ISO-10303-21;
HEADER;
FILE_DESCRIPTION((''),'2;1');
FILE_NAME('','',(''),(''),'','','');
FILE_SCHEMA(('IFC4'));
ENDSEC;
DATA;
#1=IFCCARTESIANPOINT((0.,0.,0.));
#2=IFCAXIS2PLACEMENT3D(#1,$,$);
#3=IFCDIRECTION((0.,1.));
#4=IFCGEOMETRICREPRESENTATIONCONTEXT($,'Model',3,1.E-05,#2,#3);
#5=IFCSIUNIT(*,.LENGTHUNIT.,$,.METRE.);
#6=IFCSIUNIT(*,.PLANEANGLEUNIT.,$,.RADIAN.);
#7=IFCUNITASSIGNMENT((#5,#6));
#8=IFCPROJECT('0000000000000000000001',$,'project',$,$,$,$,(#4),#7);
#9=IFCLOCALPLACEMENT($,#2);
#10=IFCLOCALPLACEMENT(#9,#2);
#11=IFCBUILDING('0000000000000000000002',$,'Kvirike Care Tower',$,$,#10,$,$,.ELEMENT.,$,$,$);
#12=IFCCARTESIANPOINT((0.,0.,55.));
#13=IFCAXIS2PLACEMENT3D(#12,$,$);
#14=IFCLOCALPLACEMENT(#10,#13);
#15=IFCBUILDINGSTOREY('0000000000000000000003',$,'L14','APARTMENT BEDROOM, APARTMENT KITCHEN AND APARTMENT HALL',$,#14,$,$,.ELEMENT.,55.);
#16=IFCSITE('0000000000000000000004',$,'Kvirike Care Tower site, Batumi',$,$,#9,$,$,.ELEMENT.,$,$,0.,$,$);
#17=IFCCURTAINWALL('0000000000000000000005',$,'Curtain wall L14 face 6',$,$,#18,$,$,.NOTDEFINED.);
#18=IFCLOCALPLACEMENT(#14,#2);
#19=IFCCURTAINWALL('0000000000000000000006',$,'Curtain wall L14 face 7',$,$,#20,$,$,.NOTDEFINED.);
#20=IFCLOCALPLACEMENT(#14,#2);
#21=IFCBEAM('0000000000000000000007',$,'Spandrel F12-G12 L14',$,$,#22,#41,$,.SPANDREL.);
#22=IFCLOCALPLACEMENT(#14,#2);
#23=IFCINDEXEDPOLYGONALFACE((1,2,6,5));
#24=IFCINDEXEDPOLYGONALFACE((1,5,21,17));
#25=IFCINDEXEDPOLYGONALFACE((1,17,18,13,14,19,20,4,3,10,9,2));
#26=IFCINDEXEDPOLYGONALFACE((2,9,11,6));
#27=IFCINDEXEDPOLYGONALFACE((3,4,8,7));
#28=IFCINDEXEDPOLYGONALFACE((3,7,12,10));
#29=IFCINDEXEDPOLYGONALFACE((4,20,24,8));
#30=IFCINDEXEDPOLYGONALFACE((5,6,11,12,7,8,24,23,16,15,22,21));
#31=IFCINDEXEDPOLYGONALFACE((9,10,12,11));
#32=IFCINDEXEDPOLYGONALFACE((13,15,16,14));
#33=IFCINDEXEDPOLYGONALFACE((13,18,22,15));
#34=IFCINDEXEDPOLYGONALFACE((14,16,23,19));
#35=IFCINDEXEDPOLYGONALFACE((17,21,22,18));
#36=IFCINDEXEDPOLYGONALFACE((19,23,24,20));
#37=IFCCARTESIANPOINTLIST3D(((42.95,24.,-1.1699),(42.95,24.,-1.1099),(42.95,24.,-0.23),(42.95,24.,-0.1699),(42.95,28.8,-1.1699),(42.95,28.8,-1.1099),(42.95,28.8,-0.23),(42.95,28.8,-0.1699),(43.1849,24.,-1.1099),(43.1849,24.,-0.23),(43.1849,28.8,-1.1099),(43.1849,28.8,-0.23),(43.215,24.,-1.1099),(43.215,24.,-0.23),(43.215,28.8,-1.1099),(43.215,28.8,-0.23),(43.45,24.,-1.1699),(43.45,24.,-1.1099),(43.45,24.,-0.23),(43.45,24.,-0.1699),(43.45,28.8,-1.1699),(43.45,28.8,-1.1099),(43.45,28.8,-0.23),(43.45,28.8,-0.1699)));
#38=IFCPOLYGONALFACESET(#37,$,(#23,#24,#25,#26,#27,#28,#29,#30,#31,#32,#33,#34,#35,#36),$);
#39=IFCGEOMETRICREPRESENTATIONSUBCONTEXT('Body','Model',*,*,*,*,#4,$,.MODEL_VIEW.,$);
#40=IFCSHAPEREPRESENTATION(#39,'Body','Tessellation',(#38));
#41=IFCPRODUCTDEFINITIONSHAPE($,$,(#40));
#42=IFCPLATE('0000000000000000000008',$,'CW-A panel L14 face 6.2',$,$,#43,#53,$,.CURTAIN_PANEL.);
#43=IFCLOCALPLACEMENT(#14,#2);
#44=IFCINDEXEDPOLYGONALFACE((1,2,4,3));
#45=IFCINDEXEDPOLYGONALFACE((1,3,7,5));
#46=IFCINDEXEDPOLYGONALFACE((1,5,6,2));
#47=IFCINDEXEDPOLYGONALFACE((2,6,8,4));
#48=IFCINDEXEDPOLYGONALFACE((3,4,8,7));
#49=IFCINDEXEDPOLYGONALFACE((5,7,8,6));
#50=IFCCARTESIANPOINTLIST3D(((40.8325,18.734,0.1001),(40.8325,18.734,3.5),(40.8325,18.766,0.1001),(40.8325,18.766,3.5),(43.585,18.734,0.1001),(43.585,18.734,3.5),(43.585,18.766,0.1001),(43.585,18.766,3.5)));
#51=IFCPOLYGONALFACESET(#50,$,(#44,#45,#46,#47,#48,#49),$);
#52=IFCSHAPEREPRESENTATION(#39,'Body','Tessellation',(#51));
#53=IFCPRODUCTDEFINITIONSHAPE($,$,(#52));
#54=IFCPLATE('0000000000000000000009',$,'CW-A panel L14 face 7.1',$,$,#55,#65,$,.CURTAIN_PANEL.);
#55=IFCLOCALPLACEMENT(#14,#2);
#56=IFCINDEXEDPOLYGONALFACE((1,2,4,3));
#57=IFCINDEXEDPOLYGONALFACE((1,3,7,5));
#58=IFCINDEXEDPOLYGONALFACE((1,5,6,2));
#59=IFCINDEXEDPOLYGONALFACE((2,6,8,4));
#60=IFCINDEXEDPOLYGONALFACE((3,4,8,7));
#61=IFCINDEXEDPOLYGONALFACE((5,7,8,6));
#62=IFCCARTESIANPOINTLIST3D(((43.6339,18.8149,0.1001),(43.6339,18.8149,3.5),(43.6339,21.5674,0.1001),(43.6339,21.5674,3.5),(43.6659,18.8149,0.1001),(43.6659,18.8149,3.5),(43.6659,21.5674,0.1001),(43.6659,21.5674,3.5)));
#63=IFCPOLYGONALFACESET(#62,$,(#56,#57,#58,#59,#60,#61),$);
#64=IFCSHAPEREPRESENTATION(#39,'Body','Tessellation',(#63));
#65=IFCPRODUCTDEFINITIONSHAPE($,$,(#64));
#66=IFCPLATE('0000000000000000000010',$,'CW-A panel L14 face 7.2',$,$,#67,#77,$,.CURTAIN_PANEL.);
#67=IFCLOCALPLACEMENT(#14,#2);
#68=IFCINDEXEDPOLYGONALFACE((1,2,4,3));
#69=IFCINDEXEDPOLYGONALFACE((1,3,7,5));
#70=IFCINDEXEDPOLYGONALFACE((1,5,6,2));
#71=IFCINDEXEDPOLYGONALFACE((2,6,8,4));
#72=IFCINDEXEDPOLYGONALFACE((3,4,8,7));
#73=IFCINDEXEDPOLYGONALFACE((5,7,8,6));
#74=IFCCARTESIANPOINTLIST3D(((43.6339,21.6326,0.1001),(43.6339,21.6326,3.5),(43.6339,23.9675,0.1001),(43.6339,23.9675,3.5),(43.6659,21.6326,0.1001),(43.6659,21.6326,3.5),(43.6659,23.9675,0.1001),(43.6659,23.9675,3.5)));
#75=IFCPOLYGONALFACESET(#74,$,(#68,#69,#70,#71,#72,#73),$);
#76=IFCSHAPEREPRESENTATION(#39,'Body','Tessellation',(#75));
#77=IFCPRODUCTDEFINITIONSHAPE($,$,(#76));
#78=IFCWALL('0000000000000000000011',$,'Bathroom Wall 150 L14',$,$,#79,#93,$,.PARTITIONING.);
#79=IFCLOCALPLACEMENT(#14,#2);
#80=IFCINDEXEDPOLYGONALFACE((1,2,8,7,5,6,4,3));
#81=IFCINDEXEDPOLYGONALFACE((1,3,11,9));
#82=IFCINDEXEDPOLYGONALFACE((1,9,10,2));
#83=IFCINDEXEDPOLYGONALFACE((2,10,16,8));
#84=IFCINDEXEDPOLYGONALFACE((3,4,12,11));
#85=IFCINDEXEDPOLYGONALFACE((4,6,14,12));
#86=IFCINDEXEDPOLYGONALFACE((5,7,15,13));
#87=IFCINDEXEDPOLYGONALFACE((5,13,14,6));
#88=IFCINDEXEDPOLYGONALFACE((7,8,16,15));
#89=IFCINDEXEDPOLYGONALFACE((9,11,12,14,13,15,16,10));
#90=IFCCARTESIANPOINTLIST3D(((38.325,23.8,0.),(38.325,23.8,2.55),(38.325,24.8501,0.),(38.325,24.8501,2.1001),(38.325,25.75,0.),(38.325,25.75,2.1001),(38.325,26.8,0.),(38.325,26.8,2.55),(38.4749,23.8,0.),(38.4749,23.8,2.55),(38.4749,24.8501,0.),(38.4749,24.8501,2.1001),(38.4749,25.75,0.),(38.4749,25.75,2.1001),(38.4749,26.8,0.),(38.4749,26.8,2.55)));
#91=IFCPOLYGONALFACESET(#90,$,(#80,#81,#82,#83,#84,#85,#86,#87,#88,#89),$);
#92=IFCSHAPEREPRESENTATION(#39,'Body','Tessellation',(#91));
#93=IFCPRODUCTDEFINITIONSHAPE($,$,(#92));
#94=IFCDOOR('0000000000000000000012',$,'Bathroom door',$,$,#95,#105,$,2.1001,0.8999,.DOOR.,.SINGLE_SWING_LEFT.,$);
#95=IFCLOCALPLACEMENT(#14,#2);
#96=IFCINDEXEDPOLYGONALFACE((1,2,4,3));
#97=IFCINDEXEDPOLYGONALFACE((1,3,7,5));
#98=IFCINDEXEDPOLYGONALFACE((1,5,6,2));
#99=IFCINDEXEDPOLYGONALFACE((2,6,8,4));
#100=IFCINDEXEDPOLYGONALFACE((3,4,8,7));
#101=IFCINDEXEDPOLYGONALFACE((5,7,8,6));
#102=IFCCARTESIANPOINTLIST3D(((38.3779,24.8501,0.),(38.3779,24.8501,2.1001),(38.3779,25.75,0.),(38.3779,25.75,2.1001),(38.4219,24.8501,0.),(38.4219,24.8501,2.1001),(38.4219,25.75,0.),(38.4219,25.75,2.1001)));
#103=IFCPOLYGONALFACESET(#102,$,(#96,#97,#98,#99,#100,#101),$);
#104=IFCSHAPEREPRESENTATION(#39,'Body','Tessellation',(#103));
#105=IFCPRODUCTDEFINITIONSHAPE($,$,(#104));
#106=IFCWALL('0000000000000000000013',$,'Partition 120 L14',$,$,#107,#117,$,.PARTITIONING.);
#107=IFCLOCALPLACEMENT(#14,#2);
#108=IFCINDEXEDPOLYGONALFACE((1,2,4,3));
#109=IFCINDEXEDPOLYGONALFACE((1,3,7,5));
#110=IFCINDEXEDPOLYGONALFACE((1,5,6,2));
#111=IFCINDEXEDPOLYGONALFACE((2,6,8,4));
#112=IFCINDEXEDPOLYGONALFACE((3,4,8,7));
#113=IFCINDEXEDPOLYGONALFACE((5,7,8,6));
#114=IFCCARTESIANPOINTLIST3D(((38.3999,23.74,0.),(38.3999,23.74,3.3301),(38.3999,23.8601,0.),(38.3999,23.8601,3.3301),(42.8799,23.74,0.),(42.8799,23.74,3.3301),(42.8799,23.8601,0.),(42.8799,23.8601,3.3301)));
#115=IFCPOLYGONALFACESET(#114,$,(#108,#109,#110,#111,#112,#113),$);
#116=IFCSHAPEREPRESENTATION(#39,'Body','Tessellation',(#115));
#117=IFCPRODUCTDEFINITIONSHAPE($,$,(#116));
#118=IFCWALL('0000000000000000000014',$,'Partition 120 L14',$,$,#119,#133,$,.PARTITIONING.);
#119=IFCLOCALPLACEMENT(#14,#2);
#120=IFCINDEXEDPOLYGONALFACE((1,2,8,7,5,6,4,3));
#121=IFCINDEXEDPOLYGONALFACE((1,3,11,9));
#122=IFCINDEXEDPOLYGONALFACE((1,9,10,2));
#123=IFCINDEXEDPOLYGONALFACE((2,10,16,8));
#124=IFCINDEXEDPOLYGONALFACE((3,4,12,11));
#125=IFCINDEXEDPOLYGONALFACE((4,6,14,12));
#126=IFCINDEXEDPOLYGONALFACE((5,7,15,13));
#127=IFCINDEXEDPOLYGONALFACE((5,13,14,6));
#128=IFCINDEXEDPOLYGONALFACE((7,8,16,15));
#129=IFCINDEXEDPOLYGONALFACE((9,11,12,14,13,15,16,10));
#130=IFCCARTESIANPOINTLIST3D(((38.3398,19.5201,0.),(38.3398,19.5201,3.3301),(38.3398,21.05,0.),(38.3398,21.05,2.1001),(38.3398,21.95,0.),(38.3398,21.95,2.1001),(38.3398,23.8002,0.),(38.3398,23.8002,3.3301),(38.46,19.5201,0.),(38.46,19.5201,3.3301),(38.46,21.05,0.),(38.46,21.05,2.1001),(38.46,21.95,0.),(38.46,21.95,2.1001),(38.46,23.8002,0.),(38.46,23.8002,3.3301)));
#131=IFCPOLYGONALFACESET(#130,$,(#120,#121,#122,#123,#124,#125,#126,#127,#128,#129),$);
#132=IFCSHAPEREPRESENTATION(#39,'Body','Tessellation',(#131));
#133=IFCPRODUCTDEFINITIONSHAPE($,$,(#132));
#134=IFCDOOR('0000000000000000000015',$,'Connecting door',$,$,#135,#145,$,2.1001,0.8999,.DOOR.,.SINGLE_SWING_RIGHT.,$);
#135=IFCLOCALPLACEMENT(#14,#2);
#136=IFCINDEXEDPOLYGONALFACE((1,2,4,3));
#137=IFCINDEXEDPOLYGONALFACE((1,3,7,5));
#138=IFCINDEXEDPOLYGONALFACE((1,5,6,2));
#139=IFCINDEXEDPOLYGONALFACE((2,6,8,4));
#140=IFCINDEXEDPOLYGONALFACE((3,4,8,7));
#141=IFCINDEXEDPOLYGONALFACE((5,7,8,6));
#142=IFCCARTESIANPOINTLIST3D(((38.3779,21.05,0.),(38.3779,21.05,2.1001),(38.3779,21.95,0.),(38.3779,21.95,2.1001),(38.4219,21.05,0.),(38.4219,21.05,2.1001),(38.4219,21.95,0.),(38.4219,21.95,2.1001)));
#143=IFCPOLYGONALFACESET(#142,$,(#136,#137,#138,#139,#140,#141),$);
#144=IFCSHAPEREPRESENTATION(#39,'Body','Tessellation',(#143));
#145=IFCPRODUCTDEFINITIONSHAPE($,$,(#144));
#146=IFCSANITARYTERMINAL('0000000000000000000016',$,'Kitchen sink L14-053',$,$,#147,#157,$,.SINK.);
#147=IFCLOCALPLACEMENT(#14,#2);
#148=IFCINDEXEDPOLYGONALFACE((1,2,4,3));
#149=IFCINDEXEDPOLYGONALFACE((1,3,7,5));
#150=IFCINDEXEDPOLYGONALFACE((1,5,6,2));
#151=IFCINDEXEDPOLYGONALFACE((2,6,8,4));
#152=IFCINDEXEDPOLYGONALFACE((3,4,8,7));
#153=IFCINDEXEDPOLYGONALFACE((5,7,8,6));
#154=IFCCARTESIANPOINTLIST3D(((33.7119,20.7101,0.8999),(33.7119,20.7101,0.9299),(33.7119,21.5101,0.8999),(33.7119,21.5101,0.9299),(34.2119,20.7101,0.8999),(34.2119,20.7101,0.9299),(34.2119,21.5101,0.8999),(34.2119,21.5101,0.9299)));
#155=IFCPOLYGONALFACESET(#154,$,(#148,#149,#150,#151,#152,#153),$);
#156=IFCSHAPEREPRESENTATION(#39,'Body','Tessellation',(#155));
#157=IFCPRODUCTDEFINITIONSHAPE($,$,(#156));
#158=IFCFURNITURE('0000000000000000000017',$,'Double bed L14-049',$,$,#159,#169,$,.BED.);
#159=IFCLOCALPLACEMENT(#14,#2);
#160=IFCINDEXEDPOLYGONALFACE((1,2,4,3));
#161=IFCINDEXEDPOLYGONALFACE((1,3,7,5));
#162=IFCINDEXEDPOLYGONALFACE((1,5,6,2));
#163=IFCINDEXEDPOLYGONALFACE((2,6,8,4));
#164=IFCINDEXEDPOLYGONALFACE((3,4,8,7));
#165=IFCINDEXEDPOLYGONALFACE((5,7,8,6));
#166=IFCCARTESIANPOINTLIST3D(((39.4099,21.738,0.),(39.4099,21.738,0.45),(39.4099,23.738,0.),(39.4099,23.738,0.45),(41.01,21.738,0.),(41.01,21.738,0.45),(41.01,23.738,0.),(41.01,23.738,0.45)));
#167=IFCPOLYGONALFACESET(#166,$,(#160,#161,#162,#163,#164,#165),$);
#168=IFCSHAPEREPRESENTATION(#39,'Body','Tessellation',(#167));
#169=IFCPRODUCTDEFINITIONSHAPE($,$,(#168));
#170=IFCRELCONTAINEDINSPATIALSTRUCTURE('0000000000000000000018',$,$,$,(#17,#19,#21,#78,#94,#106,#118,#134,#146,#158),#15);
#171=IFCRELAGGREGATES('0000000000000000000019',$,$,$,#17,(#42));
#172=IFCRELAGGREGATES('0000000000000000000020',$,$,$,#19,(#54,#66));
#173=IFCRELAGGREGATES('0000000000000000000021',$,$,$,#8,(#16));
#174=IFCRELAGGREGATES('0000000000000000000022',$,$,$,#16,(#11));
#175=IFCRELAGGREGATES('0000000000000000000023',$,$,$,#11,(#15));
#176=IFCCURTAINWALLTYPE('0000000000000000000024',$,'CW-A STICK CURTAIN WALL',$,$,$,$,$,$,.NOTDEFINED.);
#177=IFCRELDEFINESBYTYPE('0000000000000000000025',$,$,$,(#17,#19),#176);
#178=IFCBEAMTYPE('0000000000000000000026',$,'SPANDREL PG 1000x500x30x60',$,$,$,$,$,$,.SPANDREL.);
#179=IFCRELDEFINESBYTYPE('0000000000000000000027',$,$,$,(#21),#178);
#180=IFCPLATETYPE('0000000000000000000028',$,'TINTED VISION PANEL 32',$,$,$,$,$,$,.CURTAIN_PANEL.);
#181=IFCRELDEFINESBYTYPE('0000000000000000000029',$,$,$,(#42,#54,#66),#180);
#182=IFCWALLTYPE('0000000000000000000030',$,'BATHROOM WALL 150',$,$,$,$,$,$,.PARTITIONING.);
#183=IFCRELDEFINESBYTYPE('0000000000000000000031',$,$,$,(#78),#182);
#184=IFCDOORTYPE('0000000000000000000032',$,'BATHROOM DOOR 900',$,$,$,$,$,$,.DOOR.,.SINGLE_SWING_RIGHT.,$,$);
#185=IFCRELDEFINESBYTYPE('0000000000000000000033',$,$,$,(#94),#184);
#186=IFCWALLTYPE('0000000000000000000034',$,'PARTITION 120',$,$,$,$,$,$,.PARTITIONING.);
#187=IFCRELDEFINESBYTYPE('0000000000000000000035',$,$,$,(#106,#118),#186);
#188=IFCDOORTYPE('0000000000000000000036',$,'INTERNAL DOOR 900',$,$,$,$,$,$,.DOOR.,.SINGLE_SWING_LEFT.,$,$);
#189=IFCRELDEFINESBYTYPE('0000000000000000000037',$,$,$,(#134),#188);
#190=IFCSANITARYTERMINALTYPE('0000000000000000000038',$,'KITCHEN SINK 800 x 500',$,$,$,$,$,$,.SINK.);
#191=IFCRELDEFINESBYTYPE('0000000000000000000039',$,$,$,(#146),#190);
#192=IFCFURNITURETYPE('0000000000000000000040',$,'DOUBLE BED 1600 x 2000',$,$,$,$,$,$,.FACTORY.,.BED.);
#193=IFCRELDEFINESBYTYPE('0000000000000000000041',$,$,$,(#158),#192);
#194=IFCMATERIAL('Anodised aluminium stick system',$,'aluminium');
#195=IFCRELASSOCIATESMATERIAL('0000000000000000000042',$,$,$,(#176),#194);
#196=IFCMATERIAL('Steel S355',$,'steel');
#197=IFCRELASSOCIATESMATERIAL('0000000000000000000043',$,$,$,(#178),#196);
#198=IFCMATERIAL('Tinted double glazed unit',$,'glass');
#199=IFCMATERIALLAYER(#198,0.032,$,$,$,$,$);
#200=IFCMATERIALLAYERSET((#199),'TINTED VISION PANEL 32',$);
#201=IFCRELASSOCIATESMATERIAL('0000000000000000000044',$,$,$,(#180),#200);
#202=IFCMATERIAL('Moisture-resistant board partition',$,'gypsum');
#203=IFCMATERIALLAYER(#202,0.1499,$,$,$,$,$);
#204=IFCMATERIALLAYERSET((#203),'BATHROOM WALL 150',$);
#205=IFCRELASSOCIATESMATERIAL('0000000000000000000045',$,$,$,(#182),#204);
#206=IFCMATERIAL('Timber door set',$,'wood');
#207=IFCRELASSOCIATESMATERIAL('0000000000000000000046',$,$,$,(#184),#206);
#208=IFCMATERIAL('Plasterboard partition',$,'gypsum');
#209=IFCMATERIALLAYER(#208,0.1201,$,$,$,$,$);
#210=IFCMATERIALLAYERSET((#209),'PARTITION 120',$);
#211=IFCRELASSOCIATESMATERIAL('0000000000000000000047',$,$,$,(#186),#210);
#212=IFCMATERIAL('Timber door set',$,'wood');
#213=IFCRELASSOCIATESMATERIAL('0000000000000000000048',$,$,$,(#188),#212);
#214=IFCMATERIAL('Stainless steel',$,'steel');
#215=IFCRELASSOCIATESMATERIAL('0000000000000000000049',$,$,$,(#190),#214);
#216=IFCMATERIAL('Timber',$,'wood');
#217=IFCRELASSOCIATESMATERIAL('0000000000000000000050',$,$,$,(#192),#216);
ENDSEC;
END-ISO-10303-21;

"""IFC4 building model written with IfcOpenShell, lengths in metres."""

from ifc_helpers import new_model, si_unit, direction, frame, frame_2d, origin, origin_2d, place, context, subcontext, project, spatial, rectangle, i_section, extrude, material, layer, layer_set, material_profile, profile_set, type_object, element, fill, aggregate, save


model = new_model("IFC4")

# Units and contexts
model_context = context("Model", 3, precision=1e-05, world=origin(), true_north=direction((0.0, 1.0)))
body_context = subcontext(model_context, "Body", "Model", "MODEL_VIEW")
ifc_project = project(units=[si_unit("LENGTHUNIT", "METRE"), si_unit("PLANEANGLEUNIT", "RADIAN")], contexts=[model_context])

# Site, building, storey
site_placement = place(None, origin())
site = spatial("IfcSite", under=ifc_project, at=site_placement, Name="Kvirike Care Tower site, Batumi", CompositionType="ELEMENT", RefElevation=0.0)
building_placement = place(site_placement, origin())
building = spatial("IfcBuilding", under=site, at=building_placement, Name="Kvirike Care Tower", CompositionType="ELEMENT")
storey_placement = place(building_placement, frame((0.0, 0.0, 55.0)))
storey = spatial("IfcBuildingStorey", under=building, at=storey_placement, Name="L14", Description="APARTMENT BEDROOM, APARTMENT KITCHEN AND APARTMENT HALL", CompositionType="ELEMENT", Elevation=55.0)

# Curtain walls
ifc_material_1 = material(Name="Anodised aluminium stick system", Category="aluminium")
curtain_wall_type = type_object("IfcCurtainWallType", Name="CW-A STICK CURTAIN WALL", PredefinedType="NOTDEFINED", material=ifc_material_1)
curtain_wall_1_placement = place(storey_placement, origin())
curtain_wall_1 = element("IfcCurtainWall", 1, at=curtain_wall_1_placement, inside=storey, type_object=curtain_wall_type, Name="Curtain wall L14 face 6", PredefinedType="NOTDEFINED")
curtain_wall_2_placement = place(storey_placement, origin())
curtain_wall_2 = element("IfcCurtainWall", 2, at=curtain_wall_2_placement, inside=storey, type_object=curtain_wall_type, Name="Curtain wall L14 face 7", PredefinedType="NOTDEFINED")

# Beam
ifc_material_2 = material(Name="Steel S355", Category="steel")
ifc_material_profile_1 = material_profile(ifc_material_2, i_section(OverallWidth=0.5, OverallDepth=1.0, WebThickness=0.03, FlangeThickness=0.0601, at=origin_2d()), Name="PG 1000x500x30x60")
ifc_profile_set_1 = profile_set([ifc_material_profile_1], Name="Steel S355")
beam_type = type_object("IfcBeamType", Name="SPANDREL PG 1000x500x30x60", PredefinedType="SPANDREL", material=ifc_profile_set_1)
for number, where, z_axis, x_axis, name in (
    (3, (43.2, 24.0, -0.6699), (0.0, 1.0, 0.0), (-1.0, 0.0, 0.0), "Spandrel F12-G12 L14"),
):
    element("IfcBeam", number, at=place(storey_placement, frame(where, z_axis=z_axis, x_axis=x_axis)), inside=storey, type_object=beam_type, Name=name, PredefinedType="SPANDREL", context=body_context, shape_type="SweptSolid", body=[
        extrude(i_section(OverallWidth=0.5, OverallDepth=1.0, WebThickness=0.03, FlangeThickness=0.0601, at=origin_2d()), origin(), (0.0, 0.0, 1.0), 4.8),
    ])

# Plates
ifc_material_3 = material(Name="Tinted double glazed unit", Category="glass")
ifc_layer_1 = layer(ifc_material_3, 0.032)
ifc_layer_set_1 = layer_set([ifc_layer_1], Name="TINTED VISION PANEL 32")
plate_type = type_object("IfcPlateType", Name="TINTED VISION PANEL 32", PredefinedType="CURTAIN_PANEL", material=ifc_layer_set_1)
plate_1_placement = place(storey_placement, frame((42.2087, 18.75, 0.1001), z_axis=(0.0, 0.0, 1.0), x_axis=(1.0, 0.0, 0.0)))
plate_1 = element("IfcPlate", 4, at=plate_1_placement, type_object=plate_type, Name="CW-A panel L14 face 6.2", PredefinedType="CURTAIN_PANEL", context=body_context, shape_type="SweptSolid", body=[
    extrude(rectangle(XDim=2.7524, YDim=0.032, at=origin_2d()), origin(), (0.0, 0.0, 1.0), 3.3999),
])
aggregate(curtain_wall_1, [plate_1])
plate_2_placement = place(storey_placement, frame((43.6499, 20.1912, 0.1001), z_axis=(0.0, 0.0, 1.0), x_axis=(0.0, 1.0, 0.0)))
plate_2 = element("IfcPlate", 5, at=plate_2_placement, type_object=plate_type, Name="CW-A panel L14 face 7.1", PredefinedType="CURTAIN_PANEL", context=body_context, shape_type="SweptSolid", body=[
    extrude(rectangle(XDim=2.7524, YDim=0.032, at=origin_2d()), origin(), (0.0, 0.0, 1.0), 3.3999),
])
plate_3_placement = place(storey_placement, frame((43.6499, 22.8, 0.1001), z_axis=(0.0, 0.0, 1.0), x_axis=(0.0, 1.0, 0.0)))
plate_3 = element("IfcPlate", 6, at=plate_3_placement, type_object=plate_type, Name="CW-A panel L14 face 7.2", PredefinedType="CURTAIN_PANEL", context=body_context, shape_type="SweptSolid", body=[
    extrude(rectangle(XDim=2.335, YDim=0.032, at=origin_2d()), origin(), (0.0, 0.0, 1.0), 3.3999),
])
aggregate(curtain_wall_2, [plate_2, plate_3])

# Wall, opening, door
ifc_material_4 = material(Name="Moisture-resistant board partition", Category="gypsum")
ifc_layer_2 = layer(ifc_material_4, 0.1499)
ifc_layer_set_2 = layer_set([ifc_layer_2], Name="BATHROOM WALL 150")
wall_type_1 = type_object("IfcWallType", Name="BATHROOM WALL 150", PredefinedType="PARTITIONING", material=ifc_layer_set_2)
wall_1_placement = place(storey_placement, frame((38.3999, 23.8, 0.0), z_axis=(0.0, 0.0, 1.0), x_axis=(0.0, 1.0, 0.0)))
wall_1 = element("IfcWall", 7, at=wall_1_placement, inside=storey, type_object=wall_type_1, Name="Bathroom Wall 150 L14", PredefinedType="PARTITIONING", context=body_context, shape_type="SweptSolid", body=[
    extrude(rectangle(XDim=3.0, YDim=0.1499, at=frame_2d((1.5, 0.0))), origin(), (0.0, 0.0, 1.0), 2.55),
])
opening_1_placement = place(wall_1_placement, frame((1.05, 0.0, 0.0)))
opening_1 = element("IfcOpeningElement", 8, at=opening_1_placement, cuts=wall_1, PredefinedType="OPENING", context=body_context, shape_type="SweptSolid", body=[
    extrude(rectangle(XDim=0.8999, YDim=2.1001, at=frame_2d((0.45, 1.05))), frame((0.0, 0.0854, 0.0), z_axis=(0.0, -1.0, 0.0), x_axis=(1.0, 0.0, 0.0)), (0.0, 0.0, 1.0), 0.1709),
])
ifc_material_5 = material(Name="Timber door set", Category="wood")
door_type_1 = type_object("IfcDoorType", Name="BATHROOM DOOR 900", OperationType="SINGLE_SWING_RIGHT", PredefinedType="DOOR", material=ifc_material_5)
door_1_placement = place(opening_1_placement, frame((0.8999, 0.0, 0.0), z_axis=(0.0, 0.0, 1.0), x_axis=(-1.0, 0.0, 0.0)))
door_1 = element("IfcDoor", 9, at=door_1_placement, inside=storey, type_object=door_type_1, Name="Bathroom door", OperationType="SINGLE_SWING_LEFT", OverallHeight=2.1001, OverallWidth=0.8999, PredefinedType="DOOR", context=body_context, shape_type="SweptSolid", body=[
    extrude(rectangle(XDim=0.8999, YDim=2.1001, at=frame_2d((0.45, 1.05))), frame((0.0, 0.022, 0.0), z_axis=(0.0, -1.0, 0.0), x_axis=(1.0, 0.0, 0.0)), (0.0, 0.0, 1.0), 0.0439),
])
fill(opening_1, door_1)

# Wall
ifc_material_6 = material(Name="Plasterboard partition", Category="gypsum")
ifc_layer_3 = layer(ifc_material_6, 0.1201)
ifc_layer_set_3 = layer_set([ifc_layer_3], Name="PARTITION 120")
wall_type_2 = type_object("IfcWallType", Name="PARTITION 120", PredefinedType="PARTITIONING", material=ifc_layer_set_3)
wall_2_placement = place(storey_placement, frame((38.3999, 23.8, 0.0), z_axis=(0.0, 0.0, 1.0), x_axis=(1.0, 0.0, 0.0)))
element("IfcWall", 10, at=wall_2_placement, inside=storey, type_object=wall_type_2, Name="Partition 120 L14", PredefinedType="PARTITIONING", context=body_context, shape_type="SweptSolid", body=[
    extrude(rectangle(XDim=4.48, YDim=0.1201, at=frame_2d((2.24, 0.0))), origin(), (0.0, 0.0, 1.0), 3.3301),
])

# Wall, opening, door
wall_3_placement = place(storey_placement, frame((38.3999, 19.52, 0.0), z_axis=(0.0, 0.0, 1.0), x_axis=(0.0, 1.0, 0.0)))
wall_3 = element("IfcWall", 11, at=wall_3_placement, inside=storey, type_object=wall_type_2, Name="Partition 120 L14", PredefinedType="PARTITIONING", context=body_context, shape_type="SweptSolid", body=[
    extrude(rectangle(XDim=4.28, YDim=0.1201, at=frame_2d((2.1401, 0.0))), origin(), (0.0, 0.0, 1.0), 3.3301),
])
opening_2_placement = place(wall_3_placement, frame((1.53, 0.0, 0.0)))
opening_2 = element("IfcOpeningElement", 12, at=opening_2_placement, cuts=wall_3, PredefinedType="OPENING", context=body_context, shape_type="SweptSolid", body=[
    extrude(rectangle(XDim=0.8999, YDim=2.1001, at=frame_2d((0.45, 1.05))), frame((0.0, 0.0706, 0.0), z_axis=(0.0, -1.0, 0.0), x_axis=(1.0, 0.0, 0.0)), (0.0, 0.0, 1.0), 0.1411),
])
ifc_material_7 = material(Name="Timber door set", Category="wood")
door_type_2 = type_object("IfcDoorType", Name="INTERNAL DOOR 900", OperationType="SINGLE_SWING_LEFT", PredefinedType="DOOR", material=ifc_material_7)
door_2_placement = place(opening_2_placement, frame((0.8999, 0.0, 0.0), z_axis=(0.0, 0.0, 1.0), x_axis=(-1.0, 0.0, 0.0)))
door_2 = element("IfcDoor", 13, at=door_2_placement, inside=storey, type_object=door_type_2, Name="Connecting door", OperationType="SINGLE_SWING_RIGHT", OverallHeight=2.1001, OverallWidth=0.8999, PredefinedType="DOOR", context=body_context, shape_type="SweptSolid", body=[
    extrude(rectangle(XDim=0.8999, YDim=2.1001, at=frame_2d((0.45, 1.05))), frame((0.0, 0.022, 0.0), z_axis=(0.0, -1.0, 0.0), x_axis=(1.0, 0.0, 0.0)), (0.0, 0.0, 1.0), 0.0439),
])
fill(opening_2, door_2)

# Sanitary terminal
ifc_material_8 = material(Name="Stainless steel", Category="steel")
sanitary_terminal_type = type_object("IfcSanitaryTerminalType", Name="KITCHEN SINK 800 x 500", PredefinedType="SINK", material=ifc_material_8)
sanitary_terminal_placement = place(storey_placement, frame((33.9619, 21.1101, 0.8999), z_axis=(0.0, 0.0, 1.0), x_axis=(0.0, 1.0, 0.0)))
element("IfcSanitaryTerminal", 14, at=sanitary_terminal_placement, inside=storey, type_object=sanitary_terminal_type, Name="Kitchen sink L14-053", PredefinedType="SINK", context=body_context, shape_type="SweptSolid", body=[
    extrude(rectangle(XDim=0.8, YDim=0.5, at=origin_2d()), origin(), (0.0, 0.0, 1.0), 0.03),
])

# Furniture
ifc_material_9 = material(Name="Timber", Category="wood")
furniture_type_1 = type_object("IfcFurnitureType", Name="DOUBLE BED 1600 x 2000", AssemblyPlace="FACTORY", PredefinedType="BED", material=ifc_material_9)
furniture_1_placement = place(storey_placement, frame((40.21, 22.738, 0.0), z_axis=(0.0, 0.0, 1.0), x_axis=(1.0, 0.0, 0.0)))
element("IfcFurniture", 15, at=furniture_1_placement, inside=storey, type_object=furniture_type_1, Name="Double bed L14-049", PredefinedType="BED", context=body_context, shape_type="SweptSolid", body=[
    extrude(rectangle(XDim=1.6001, YDim=2.0, at=origin_2d()), origin(), (0.0, 0.0, 1.0), 0.45),
])

save(model, "model.ifc")
